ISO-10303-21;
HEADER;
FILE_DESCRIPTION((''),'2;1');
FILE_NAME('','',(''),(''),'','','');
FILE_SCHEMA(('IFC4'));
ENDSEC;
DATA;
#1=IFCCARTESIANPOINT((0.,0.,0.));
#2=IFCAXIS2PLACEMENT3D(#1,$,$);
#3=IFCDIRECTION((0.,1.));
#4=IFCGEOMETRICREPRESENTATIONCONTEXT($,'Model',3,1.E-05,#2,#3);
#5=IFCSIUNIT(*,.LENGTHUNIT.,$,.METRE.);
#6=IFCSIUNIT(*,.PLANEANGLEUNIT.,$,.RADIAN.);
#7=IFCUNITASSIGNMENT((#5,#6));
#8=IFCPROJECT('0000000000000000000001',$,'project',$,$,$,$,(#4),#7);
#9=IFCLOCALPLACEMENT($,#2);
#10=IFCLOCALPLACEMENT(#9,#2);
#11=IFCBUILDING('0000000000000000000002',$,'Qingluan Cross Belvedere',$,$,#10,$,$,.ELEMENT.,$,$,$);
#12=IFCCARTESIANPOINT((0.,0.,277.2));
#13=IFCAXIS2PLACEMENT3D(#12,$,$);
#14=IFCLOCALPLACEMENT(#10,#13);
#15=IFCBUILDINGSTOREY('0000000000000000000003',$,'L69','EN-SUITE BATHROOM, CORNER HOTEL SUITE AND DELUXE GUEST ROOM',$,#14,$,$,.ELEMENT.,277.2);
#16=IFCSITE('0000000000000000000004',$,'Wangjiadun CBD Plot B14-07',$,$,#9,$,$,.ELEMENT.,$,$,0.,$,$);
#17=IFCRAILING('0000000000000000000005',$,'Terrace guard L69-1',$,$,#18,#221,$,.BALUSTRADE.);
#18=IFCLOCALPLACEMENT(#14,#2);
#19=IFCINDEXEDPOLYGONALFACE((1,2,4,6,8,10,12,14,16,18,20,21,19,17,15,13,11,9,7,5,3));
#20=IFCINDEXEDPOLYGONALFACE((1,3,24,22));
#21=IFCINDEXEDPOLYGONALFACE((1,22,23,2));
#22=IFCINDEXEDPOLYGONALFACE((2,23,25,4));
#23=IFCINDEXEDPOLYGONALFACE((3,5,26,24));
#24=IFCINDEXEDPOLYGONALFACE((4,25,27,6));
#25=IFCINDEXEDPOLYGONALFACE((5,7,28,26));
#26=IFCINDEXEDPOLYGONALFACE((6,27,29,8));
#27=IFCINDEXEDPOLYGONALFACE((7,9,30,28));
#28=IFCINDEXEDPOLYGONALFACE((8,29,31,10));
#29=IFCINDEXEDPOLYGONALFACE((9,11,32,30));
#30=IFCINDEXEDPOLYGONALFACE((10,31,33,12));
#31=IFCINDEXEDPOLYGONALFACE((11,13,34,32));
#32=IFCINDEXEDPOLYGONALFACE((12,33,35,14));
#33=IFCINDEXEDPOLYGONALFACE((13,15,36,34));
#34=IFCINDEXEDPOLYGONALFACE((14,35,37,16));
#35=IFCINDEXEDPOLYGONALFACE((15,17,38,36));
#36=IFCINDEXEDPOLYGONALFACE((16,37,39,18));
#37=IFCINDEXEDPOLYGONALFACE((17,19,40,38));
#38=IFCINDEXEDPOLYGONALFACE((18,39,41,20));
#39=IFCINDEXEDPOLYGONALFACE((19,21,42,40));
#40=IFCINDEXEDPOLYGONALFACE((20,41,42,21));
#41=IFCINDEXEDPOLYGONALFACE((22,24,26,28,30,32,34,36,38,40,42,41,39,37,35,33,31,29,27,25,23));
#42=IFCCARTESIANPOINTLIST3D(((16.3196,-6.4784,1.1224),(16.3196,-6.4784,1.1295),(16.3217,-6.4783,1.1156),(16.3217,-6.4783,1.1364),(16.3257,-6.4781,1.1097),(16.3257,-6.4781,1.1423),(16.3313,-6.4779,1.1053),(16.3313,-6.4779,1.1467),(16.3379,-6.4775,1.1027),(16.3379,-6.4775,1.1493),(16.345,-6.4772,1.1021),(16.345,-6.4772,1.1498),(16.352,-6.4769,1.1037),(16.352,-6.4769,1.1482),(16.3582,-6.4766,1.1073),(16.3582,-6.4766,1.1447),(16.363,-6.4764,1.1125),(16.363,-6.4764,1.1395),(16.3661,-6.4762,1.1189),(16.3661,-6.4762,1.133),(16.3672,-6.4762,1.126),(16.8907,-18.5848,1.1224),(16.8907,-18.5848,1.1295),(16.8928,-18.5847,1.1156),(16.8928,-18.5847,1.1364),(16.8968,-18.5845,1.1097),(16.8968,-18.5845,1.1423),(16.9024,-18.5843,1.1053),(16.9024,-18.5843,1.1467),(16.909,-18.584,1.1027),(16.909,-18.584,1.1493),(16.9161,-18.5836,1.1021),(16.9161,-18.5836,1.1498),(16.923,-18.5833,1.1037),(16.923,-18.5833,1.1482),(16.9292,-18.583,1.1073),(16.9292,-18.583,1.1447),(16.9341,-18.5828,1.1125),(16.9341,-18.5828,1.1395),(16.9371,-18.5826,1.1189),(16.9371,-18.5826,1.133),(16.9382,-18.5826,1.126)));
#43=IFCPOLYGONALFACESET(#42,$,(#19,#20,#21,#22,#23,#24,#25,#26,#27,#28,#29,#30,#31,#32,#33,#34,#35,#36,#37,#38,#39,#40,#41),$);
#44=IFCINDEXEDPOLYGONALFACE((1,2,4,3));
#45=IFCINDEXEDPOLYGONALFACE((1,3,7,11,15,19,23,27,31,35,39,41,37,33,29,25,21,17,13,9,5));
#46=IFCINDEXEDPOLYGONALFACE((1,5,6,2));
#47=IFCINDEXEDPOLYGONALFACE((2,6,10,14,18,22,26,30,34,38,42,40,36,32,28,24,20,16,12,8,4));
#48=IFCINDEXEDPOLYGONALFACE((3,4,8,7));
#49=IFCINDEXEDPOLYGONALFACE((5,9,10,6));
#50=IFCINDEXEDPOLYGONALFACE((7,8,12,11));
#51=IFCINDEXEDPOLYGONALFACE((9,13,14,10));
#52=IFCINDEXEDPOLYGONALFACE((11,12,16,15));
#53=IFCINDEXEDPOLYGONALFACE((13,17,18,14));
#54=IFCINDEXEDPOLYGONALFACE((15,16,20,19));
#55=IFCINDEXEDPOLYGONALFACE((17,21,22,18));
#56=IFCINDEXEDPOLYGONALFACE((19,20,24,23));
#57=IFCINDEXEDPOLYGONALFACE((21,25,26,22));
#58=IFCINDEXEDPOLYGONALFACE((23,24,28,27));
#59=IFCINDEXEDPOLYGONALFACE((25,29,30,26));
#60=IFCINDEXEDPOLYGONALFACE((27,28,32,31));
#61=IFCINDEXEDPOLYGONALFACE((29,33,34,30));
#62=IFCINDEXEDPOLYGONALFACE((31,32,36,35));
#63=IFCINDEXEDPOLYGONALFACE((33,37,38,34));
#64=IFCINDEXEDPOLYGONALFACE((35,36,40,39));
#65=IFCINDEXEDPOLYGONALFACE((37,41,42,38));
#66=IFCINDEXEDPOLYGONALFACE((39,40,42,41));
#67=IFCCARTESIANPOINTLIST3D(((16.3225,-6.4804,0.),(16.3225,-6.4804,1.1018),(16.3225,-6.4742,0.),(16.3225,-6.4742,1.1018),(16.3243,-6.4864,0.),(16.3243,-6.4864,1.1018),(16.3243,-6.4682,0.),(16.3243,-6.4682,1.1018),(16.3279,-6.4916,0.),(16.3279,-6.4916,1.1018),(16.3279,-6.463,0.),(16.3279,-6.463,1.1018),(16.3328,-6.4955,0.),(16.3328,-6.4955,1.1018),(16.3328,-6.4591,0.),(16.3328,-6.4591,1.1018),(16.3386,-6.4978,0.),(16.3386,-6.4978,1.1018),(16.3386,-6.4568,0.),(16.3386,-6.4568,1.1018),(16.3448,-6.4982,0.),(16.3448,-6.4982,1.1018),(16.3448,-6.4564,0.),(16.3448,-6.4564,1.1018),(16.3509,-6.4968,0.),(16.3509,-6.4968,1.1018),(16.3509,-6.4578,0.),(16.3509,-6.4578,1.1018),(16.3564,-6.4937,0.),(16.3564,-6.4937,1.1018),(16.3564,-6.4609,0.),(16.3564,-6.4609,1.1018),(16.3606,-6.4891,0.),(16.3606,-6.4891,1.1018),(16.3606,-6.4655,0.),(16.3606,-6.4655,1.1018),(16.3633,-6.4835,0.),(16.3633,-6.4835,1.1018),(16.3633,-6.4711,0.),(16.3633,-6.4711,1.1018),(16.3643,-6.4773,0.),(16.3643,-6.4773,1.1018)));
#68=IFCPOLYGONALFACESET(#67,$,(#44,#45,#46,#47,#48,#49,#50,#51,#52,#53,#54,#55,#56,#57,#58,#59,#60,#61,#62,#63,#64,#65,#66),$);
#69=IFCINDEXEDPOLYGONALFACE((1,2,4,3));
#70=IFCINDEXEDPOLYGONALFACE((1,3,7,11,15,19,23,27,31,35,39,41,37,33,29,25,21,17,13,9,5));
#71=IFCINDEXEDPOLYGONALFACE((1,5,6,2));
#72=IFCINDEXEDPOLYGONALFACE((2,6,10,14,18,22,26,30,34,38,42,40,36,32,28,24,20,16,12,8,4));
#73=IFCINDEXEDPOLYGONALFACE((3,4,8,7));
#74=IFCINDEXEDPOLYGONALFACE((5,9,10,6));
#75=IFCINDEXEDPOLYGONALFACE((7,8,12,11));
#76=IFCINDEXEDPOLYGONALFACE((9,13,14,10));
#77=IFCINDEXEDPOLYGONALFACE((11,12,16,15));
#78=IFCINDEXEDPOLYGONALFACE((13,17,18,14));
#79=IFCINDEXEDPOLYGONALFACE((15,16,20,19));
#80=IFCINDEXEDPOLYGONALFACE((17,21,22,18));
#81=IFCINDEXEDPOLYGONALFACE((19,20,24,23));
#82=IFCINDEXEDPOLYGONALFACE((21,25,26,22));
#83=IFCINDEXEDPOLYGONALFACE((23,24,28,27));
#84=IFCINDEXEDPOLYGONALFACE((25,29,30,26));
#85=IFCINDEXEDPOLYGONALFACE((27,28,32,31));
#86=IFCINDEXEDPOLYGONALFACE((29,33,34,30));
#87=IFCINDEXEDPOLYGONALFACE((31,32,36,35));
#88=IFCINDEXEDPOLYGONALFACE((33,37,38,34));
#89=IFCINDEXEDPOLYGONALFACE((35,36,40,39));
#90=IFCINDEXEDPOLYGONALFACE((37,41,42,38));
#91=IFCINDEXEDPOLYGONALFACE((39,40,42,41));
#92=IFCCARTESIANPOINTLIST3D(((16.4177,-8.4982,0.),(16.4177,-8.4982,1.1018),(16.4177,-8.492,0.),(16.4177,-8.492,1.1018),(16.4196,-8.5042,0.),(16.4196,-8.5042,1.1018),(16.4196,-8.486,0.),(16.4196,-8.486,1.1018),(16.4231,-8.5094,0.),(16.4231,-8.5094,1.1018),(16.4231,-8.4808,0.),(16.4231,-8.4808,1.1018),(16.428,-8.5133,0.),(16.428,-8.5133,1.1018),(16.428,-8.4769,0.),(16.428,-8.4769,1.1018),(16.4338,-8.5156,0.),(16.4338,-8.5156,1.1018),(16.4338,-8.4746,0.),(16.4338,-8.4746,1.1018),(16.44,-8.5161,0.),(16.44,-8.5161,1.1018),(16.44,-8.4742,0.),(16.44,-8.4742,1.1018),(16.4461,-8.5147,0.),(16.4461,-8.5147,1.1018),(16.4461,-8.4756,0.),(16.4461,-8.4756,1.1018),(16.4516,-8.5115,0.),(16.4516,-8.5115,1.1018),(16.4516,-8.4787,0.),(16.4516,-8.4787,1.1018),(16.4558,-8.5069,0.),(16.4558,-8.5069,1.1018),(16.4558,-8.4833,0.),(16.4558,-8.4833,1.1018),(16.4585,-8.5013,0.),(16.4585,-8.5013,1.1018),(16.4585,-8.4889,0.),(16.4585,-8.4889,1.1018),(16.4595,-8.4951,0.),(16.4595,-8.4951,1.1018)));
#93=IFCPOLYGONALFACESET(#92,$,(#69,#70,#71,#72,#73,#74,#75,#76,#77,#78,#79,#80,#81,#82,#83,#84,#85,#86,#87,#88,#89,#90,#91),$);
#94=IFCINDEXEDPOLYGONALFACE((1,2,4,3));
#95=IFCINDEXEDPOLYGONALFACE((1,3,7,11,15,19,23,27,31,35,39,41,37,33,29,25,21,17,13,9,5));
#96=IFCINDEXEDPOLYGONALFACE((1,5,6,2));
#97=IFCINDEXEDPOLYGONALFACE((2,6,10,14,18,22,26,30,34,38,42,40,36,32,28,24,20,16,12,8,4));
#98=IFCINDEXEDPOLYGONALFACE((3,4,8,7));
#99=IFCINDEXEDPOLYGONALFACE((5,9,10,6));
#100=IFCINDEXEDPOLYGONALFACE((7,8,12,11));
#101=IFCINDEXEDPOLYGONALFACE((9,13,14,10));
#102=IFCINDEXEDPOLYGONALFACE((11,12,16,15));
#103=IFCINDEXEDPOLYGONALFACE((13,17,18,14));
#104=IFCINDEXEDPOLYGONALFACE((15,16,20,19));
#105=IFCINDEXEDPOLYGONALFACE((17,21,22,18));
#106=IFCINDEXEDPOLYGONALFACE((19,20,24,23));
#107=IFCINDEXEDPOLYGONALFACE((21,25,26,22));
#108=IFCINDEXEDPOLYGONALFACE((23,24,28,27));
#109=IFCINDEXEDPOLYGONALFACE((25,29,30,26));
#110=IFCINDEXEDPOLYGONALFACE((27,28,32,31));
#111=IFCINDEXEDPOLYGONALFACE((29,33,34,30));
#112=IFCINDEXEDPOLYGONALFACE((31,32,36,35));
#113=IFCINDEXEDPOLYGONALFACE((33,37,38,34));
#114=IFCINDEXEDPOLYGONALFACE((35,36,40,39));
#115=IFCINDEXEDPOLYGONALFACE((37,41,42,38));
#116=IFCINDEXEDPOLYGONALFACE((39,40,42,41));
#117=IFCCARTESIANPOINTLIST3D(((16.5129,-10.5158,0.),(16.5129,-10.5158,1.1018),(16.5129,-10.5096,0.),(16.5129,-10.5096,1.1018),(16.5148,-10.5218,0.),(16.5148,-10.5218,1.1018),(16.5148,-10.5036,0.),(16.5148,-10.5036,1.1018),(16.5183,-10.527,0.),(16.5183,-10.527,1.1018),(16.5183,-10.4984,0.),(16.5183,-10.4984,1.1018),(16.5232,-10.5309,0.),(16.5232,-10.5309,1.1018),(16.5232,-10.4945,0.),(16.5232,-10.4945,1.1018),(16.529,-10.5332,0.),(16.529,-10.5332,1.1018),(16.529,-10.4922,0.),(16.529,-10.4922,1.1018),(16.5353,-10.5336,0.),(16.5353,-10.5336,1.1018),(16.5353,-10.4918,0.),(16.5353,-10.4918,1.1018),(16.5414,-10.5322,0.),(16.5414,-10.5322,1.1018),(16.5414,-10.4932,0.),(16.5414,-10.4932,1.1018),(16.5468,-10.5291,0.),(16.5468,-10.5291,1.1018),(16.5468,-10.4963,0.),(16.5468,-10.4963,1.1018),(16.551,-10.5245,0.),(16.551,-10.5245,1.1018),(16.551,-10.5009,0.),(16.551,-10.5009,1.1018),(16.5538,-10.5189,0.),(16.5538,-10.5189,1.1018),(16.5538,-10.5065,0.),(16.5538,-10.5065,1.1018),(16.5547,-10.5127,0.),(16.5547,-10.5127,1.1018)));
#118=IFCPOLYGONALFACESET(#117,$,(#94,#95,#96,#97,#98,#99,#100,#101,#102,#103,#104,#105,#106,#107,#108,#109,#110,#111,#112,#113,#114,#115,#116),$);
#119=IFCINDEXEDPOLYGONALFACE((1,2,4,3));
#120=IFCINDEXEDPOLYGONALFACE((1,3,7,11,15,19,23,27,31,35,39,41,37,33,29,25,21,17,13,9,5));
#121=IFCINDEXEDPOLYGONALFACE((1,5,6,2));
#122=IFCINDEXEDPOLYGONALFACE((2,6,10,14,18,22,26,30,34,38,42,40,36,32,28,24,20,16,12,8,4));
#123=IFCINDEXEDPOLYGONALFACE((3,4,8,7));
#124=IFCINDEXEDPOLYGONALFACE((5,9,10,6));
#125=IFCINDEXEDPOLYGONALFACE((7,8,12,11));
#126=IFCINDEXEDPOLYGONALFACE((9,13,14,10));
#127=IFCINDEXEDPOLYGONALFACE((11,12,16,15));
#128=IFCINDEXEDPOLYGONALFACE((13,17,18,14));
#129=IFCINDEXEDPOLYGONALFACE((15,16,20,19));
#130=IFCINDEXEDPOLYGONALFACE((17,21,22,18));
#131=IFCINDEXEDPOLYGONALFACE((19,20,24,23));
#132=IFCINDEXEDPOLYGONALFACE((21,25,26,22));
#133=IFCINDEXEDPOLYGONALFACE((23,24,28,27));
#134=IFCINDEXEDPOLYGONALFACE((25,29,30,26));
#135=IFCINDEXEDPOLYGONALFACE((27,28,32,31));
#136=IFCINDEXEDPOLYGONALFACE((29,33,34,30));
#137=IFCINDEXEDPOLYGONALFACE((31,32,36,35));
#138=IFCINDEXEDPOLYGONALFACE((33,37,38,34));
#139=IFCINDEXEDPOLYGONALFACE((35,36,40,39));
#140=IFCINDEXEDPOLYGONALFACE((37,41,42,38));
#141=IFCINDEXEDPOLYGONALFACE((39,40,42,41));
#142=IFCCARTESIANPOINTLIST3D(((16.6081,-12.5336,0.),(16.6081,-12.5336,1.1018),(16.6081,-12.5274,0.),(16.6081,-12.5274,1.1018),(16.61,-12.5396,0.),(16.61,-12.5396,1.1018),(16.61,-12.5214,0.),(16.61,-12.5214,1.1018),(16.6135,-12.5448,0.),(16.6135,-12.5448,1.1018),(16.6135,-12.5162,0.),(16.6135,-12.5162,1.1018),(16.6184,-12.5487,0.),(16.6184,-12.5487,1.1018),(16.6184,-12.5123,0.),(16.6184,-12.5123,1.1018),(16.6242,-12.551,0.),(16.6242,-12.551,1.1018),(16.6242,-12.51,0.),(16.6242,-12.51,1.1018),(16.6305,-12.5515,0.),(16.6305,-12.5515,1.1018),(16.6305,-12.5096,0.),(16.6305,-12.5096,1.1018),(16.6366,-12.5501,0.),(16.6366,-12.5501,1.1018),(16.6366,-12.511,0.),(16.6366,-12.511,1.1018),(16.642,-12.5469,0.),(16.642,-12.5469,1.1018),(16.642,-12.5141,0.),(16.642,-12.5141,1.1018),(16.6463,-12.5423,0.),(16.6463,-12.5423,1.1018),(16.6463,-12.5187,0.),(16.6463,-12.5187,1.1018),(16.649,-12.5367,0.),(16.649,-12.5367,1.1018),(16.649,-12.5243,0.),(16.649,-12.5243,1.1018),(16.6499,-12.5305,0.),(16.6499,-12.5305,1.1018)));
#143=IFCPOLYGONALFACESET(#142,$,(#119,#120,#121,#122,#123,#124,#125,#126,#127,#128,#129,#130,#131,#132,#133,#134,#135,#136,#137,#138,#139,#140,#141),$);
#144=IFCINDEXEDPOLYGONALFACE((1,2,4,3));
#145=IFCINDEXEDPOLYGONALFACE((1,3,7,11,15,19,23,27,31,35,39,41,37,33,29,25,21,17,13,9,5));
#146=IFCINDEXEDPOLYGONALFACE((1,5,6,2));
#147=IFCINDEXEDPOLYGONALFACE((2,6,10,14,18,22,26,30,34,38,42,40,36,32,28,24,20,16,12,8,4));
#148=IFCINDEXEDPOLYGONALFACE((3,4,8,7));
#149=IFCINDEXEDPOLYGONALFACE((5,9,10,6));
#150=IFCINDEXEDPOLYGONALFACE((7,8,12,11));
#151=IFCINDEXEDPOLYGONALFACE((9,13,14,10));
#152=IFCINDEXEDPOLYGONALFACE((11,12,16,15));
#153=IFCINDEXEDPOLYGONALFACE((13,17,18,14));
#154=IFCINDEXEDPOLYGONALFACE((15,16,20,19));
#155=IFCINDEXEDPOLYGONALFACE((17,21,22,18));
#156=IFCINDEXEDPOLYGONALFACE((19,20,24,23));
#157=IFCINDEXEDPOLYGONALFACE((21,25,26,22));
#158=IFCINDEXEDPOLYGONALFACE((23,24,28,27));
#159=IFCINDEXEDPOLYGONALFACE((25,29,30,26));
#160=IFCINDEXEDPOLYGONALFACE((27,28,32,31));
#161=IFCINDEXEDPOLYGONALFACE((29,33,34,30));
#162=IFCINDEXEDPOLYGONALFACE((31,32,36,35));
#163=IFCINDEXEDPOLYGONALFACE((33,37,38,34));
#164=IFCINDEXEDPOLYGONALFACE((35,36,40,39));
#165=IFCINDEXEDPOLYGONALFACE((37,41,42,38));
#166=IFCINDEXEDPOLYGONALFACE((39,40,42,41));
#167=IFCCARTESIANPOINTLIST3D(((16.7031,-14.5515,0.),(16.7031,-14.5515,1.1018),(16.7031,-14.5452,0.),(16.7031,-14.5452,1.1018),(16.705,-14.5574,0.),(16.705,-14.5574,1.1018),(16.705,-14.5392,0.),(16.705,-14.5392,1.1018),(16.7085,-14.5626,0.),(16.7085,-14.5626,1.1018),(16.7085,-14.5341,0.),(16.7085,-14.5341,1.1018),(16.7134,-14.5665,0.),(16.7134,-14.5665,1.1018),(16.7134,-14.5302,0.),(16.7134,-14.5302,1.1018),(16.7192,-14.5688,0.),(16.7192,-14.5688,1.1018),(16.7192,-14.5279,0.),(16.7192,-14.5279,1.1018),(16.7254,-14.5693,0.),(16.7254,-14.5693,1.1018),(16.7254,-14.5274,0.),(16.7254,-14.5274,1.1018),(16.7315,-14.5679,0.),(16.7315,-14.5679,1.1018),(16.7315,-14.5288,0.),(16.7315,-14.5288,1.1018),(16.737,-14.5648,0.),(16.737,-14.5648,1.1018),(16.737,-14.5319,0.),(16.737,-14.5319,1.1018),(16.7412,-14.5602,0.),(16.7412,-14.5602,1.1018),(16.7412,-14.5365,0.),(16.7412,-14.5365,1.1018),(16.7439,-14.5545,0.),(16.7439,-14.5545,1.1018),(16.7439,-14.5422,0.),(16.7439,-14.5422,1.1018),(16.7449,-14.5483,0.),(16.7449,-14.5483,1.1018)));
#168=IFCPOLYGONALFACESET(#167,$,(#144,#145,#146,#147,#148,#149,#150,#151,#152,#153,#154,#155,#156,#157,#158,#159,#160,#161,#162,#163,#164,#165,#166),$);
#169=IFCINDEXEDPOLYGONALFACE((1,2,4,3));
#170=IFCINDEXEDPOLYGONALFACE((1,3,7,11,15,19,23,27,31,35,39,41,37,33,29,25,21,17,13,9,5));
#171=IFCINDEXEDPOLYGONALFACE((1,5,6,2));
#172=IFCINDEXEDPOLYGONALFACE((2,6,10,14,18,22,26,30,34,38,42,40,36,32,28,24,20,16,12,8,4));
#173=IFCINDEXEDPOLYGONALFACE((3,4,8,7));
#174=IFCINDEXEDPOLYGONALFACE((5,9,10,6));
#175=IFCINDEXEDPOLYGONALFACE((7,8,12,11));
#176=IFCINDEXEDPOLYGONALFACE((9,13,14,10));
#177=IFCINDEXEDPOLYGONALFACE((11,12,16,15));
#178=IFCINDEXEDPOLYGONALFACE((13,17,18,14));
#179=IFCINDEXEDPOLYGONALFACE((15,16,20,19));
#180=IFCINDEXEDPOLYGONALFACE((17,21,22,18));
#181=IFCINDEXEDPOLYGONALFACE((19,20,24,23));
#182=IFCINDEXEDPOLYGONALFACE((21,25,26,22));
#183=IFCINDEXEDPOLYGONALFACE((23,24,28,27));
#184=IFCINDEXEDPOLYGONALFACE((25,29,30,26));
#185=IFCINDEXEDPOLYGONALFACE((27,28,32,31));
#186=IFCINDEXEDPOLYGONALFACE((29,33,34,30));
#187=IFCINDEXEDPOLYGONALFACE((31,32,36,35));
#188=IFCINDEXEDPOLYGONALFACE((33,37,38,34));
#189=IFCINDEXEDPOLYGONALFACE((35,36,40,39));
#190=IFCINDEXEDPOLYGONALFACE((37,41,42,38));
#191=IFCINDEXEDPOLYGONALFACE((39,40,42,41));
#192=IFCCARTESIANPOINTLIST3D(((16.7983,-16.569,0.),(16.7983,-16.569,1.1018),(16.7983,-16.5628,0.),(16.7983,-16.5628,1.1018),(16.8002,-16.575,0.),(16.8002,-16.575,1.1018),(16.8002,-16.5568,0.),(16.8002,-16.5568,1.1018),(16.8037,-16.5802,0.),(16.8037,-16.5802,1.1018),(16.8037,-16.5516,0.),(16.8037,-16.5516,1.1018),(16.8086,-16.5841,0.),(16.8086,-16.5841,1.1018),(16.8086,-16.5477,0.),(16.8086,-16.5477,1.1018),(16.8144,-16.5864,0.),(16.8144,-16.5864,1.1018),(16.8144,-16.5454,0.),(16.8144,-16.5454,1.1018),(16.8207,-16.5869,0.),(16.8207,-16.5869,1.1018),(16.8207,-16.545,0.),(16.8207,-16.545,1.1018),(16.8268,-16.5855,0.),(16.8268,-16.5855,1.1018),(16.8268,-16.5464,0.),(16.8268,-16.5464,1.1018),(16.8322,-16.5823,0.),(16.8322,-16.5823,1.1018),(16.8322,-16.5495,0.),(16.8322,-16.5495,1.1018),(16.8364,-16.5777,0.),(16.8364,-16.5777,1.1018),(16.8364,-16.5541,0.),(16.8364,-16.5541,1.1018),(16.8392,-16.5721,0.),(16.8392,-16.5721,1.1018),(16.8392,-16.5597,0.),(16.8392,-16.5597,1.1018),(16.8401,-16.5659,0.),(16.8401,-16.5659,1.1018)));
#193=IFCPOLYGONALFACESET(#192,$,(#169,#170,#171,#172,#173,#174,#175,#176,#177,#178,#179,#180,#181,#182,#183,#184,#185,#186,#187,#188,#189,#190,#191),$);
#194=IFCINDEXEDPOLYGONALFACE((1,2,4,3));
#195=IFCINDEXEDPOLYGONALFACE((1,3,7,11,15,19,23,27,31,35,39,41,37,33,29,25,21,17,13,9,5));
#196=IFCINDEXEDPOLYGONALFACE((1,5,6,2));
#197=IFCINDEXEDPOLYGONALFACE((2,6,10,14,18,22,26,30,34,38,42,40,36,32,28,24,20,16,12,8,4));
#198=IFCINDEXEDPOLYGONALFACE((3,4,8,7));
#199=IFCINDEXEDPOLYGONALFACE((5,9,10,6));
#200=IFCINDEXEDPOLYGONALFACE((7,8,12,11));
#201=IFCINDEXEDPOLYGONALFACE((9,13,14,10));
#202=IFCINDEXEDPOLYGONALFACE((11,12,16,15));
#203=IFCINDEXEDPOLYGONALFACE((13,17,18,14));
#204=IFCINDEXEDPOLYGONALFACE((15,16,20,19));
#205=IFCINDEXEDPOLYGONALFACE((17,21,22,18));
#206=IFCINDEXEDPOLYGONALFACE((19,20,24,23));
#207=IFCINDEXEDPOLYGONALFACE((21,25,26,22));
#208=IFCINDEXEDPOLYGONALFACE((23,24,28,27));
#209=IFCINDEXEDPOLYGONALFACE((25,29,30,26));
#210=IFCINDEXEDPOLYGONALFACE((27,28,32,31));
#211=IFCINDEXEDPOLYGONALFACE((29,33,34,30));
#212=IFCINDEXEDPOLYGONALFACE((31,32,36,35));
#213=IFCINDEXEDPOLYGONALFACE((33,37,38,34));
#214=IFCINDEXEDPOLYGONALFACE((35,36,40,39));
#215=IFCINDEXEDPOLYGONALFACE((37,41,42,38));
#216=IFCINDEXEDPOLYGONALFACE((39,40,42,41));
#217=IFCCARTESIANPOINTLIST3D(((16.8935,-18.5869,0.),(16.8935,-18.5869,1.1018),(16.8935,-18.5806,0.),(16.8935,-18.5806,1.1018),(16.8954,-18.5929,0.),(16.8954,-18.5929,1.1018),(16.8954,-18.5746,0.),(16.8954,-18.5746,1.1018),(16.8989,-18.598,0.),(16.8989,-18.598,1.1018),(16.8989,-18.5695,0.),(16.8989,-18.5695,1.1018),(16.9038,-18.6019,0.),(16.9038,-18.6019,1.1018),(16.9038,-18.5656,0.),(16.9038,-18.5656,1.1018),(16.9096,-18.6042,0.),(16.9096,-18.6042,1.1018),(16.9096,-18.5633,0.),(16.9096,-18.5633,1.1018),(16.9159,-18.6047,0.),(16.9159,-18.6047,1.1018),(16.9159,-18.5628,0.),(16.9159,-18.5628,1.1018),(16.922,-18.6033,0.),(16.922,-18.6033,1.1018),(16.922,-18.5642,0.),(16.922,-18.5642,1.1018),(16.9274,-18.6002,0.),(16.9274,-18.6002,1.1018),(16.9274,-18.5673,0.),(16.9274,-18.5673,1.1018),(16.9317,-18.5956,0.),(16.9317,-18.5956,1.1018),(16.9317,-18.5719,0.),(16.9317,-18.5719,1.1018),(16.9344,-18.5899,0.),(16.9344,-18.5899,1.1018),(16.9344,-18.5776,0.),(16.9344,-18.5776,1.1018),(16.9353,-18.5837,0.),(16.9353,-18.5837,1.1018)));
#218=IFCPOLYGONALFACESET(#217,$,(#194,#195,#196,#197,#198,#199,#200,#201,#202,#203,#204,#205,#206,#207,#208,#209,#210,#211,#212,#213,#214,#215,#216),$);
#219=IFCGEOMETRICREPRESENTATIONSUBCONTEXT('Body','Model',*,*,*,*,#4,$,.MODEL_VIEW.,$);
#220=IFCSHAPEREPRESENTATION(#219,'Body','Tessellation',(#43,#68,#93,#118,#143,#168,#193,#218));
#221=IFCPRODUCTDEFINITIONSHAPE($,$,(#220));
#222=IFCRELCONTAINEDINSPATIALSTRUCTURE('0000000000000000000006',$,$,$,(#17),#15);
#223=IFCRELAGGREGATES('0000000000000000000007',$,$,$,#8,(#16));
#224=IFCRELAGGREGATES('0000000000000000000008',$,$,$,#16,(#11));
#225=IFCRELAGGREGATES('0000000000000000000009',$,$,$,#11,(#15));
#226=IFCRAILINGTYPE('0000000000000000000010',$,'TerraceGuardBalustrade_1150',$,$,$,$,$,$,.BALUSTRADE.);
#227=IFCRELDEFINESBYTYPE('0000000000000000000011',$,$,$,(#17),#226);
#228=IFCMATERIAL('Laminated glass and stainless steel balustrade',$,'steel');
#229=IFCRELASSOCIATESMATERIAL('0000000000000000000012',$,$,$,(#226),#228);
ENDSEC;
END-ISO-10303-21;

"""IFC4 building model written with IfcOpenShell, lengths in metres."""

from ifc_helpers import new_model, si_unit, direction, frame, origin, origin_2d, place, context, subcontext, project, spatial, circle, extrude, material, type_object, element, save


model = new_model("IFC4")

# Units and contexts
model_context = context("Model", 3, precision=1e-05, world=origin(), true_north=direction((0.0, 1.0)))
body_context = subcontext(model_context, "Body", "Model", "MODEL_VIEW")
ifc_project = project(units=[si_unit("LENGTHUNIT", "METRE"), si_unit("PLANEANGLEUNIT", "RADIAN")], contexts=[model_context])

# Site, building, storey
site_placement = place(None, origin())
site = spatial("IfcSite", under=ifc_project, at=site_placement, Name="Wangjiadun CBD Plot B14-07", CompositionType="ELEMENT", RefElevation=0.0)
building_placement = place(site_placement, origin())
building = spatial("IfcBuilding", under=site, at=building_placement, Name="Qingluan Cross Belvedere", CompositionType="ELEMENT")
storey_placement = place(building_placement, frame((0.0, 0.0, 277.2)))
storey = spatial("IfcBuildingStorey", under=building, at=storey_placement, Name="L69", Description="EN-SUITE BATHROOM, CORNER HOTEL SUITE AND DELUXE GUEST ROOM", CompositionType="ELEMENT", Elevation=277.2)

# Railing
ifc_material_1 = material(Name="Laminated glass and stainless steel balustrade", Category="steel")
railing_type = type_object("IfcRailingType", Name="TerraceGuardBalustrade_1150", PredefinedType="BALUSTRADE", material=ifc_material_1)
railing_placement = place(storey_placement, frame((16.3433, -6.4773, 0.0)))
element("IfcRailing", 1, at=railing_placement, inside=storey, type_object=railing_type, Name="Terrace guard L69-1", PredefinedType="BALUSTRADE", context=body_context, shape_type="SweptSolid", body=[
    extrude(circle(Radius=0.0239, at=origin_2d()), frame((0.0, 0.0, 1.126), z_axis=(0.047116, -0.998889, 0.0), x_axis=(0.998889, 0.047116, 0.0)), (0.0, 0.0, 1.0), 12.1199),
    extrude(circle(Radius=0.021, at=origin_2d()), origin(), (0.0, 0.0, 1.0), 1.1018),
    extrude(circle(Radius=0.021, at=origin_2d()), frame((0.0952, -2.0178, 0.0)), (0.0, 0.0, 1.0), 1.1018),
    extrude(circle(Radius=0.021, at=origin_2d()), frame((0.1904, -4.0354, 0.0)), (0.0, 0.0, 1.0), 1.1018),
    extrude(circle(Radius=0.021, at=origin_2d()), frame((0.2856, -6.0532, 0.0)), (0.0, 0.0, 1.0), 1.1018),
    extrude(circle(Radius=0.021, at=origin_2d()), frame((0.3806, -8.071, 0.0)), (0.0, 0.0, 1.0), 1.1018),
    extrude(circle(Radius=0.021, at=origin_2d()), frame((0.4758, -10.0886, 0.0)), (0.0, 0.0, 1.0), 1.1018),
    extrude(circle(Radius=0.021, at=origin_2d()), frame((0.571, -12.1064, 0.0)), (0.0, 0.0, 1.0), 1.1018),
])

save(model, "model.ifc")
